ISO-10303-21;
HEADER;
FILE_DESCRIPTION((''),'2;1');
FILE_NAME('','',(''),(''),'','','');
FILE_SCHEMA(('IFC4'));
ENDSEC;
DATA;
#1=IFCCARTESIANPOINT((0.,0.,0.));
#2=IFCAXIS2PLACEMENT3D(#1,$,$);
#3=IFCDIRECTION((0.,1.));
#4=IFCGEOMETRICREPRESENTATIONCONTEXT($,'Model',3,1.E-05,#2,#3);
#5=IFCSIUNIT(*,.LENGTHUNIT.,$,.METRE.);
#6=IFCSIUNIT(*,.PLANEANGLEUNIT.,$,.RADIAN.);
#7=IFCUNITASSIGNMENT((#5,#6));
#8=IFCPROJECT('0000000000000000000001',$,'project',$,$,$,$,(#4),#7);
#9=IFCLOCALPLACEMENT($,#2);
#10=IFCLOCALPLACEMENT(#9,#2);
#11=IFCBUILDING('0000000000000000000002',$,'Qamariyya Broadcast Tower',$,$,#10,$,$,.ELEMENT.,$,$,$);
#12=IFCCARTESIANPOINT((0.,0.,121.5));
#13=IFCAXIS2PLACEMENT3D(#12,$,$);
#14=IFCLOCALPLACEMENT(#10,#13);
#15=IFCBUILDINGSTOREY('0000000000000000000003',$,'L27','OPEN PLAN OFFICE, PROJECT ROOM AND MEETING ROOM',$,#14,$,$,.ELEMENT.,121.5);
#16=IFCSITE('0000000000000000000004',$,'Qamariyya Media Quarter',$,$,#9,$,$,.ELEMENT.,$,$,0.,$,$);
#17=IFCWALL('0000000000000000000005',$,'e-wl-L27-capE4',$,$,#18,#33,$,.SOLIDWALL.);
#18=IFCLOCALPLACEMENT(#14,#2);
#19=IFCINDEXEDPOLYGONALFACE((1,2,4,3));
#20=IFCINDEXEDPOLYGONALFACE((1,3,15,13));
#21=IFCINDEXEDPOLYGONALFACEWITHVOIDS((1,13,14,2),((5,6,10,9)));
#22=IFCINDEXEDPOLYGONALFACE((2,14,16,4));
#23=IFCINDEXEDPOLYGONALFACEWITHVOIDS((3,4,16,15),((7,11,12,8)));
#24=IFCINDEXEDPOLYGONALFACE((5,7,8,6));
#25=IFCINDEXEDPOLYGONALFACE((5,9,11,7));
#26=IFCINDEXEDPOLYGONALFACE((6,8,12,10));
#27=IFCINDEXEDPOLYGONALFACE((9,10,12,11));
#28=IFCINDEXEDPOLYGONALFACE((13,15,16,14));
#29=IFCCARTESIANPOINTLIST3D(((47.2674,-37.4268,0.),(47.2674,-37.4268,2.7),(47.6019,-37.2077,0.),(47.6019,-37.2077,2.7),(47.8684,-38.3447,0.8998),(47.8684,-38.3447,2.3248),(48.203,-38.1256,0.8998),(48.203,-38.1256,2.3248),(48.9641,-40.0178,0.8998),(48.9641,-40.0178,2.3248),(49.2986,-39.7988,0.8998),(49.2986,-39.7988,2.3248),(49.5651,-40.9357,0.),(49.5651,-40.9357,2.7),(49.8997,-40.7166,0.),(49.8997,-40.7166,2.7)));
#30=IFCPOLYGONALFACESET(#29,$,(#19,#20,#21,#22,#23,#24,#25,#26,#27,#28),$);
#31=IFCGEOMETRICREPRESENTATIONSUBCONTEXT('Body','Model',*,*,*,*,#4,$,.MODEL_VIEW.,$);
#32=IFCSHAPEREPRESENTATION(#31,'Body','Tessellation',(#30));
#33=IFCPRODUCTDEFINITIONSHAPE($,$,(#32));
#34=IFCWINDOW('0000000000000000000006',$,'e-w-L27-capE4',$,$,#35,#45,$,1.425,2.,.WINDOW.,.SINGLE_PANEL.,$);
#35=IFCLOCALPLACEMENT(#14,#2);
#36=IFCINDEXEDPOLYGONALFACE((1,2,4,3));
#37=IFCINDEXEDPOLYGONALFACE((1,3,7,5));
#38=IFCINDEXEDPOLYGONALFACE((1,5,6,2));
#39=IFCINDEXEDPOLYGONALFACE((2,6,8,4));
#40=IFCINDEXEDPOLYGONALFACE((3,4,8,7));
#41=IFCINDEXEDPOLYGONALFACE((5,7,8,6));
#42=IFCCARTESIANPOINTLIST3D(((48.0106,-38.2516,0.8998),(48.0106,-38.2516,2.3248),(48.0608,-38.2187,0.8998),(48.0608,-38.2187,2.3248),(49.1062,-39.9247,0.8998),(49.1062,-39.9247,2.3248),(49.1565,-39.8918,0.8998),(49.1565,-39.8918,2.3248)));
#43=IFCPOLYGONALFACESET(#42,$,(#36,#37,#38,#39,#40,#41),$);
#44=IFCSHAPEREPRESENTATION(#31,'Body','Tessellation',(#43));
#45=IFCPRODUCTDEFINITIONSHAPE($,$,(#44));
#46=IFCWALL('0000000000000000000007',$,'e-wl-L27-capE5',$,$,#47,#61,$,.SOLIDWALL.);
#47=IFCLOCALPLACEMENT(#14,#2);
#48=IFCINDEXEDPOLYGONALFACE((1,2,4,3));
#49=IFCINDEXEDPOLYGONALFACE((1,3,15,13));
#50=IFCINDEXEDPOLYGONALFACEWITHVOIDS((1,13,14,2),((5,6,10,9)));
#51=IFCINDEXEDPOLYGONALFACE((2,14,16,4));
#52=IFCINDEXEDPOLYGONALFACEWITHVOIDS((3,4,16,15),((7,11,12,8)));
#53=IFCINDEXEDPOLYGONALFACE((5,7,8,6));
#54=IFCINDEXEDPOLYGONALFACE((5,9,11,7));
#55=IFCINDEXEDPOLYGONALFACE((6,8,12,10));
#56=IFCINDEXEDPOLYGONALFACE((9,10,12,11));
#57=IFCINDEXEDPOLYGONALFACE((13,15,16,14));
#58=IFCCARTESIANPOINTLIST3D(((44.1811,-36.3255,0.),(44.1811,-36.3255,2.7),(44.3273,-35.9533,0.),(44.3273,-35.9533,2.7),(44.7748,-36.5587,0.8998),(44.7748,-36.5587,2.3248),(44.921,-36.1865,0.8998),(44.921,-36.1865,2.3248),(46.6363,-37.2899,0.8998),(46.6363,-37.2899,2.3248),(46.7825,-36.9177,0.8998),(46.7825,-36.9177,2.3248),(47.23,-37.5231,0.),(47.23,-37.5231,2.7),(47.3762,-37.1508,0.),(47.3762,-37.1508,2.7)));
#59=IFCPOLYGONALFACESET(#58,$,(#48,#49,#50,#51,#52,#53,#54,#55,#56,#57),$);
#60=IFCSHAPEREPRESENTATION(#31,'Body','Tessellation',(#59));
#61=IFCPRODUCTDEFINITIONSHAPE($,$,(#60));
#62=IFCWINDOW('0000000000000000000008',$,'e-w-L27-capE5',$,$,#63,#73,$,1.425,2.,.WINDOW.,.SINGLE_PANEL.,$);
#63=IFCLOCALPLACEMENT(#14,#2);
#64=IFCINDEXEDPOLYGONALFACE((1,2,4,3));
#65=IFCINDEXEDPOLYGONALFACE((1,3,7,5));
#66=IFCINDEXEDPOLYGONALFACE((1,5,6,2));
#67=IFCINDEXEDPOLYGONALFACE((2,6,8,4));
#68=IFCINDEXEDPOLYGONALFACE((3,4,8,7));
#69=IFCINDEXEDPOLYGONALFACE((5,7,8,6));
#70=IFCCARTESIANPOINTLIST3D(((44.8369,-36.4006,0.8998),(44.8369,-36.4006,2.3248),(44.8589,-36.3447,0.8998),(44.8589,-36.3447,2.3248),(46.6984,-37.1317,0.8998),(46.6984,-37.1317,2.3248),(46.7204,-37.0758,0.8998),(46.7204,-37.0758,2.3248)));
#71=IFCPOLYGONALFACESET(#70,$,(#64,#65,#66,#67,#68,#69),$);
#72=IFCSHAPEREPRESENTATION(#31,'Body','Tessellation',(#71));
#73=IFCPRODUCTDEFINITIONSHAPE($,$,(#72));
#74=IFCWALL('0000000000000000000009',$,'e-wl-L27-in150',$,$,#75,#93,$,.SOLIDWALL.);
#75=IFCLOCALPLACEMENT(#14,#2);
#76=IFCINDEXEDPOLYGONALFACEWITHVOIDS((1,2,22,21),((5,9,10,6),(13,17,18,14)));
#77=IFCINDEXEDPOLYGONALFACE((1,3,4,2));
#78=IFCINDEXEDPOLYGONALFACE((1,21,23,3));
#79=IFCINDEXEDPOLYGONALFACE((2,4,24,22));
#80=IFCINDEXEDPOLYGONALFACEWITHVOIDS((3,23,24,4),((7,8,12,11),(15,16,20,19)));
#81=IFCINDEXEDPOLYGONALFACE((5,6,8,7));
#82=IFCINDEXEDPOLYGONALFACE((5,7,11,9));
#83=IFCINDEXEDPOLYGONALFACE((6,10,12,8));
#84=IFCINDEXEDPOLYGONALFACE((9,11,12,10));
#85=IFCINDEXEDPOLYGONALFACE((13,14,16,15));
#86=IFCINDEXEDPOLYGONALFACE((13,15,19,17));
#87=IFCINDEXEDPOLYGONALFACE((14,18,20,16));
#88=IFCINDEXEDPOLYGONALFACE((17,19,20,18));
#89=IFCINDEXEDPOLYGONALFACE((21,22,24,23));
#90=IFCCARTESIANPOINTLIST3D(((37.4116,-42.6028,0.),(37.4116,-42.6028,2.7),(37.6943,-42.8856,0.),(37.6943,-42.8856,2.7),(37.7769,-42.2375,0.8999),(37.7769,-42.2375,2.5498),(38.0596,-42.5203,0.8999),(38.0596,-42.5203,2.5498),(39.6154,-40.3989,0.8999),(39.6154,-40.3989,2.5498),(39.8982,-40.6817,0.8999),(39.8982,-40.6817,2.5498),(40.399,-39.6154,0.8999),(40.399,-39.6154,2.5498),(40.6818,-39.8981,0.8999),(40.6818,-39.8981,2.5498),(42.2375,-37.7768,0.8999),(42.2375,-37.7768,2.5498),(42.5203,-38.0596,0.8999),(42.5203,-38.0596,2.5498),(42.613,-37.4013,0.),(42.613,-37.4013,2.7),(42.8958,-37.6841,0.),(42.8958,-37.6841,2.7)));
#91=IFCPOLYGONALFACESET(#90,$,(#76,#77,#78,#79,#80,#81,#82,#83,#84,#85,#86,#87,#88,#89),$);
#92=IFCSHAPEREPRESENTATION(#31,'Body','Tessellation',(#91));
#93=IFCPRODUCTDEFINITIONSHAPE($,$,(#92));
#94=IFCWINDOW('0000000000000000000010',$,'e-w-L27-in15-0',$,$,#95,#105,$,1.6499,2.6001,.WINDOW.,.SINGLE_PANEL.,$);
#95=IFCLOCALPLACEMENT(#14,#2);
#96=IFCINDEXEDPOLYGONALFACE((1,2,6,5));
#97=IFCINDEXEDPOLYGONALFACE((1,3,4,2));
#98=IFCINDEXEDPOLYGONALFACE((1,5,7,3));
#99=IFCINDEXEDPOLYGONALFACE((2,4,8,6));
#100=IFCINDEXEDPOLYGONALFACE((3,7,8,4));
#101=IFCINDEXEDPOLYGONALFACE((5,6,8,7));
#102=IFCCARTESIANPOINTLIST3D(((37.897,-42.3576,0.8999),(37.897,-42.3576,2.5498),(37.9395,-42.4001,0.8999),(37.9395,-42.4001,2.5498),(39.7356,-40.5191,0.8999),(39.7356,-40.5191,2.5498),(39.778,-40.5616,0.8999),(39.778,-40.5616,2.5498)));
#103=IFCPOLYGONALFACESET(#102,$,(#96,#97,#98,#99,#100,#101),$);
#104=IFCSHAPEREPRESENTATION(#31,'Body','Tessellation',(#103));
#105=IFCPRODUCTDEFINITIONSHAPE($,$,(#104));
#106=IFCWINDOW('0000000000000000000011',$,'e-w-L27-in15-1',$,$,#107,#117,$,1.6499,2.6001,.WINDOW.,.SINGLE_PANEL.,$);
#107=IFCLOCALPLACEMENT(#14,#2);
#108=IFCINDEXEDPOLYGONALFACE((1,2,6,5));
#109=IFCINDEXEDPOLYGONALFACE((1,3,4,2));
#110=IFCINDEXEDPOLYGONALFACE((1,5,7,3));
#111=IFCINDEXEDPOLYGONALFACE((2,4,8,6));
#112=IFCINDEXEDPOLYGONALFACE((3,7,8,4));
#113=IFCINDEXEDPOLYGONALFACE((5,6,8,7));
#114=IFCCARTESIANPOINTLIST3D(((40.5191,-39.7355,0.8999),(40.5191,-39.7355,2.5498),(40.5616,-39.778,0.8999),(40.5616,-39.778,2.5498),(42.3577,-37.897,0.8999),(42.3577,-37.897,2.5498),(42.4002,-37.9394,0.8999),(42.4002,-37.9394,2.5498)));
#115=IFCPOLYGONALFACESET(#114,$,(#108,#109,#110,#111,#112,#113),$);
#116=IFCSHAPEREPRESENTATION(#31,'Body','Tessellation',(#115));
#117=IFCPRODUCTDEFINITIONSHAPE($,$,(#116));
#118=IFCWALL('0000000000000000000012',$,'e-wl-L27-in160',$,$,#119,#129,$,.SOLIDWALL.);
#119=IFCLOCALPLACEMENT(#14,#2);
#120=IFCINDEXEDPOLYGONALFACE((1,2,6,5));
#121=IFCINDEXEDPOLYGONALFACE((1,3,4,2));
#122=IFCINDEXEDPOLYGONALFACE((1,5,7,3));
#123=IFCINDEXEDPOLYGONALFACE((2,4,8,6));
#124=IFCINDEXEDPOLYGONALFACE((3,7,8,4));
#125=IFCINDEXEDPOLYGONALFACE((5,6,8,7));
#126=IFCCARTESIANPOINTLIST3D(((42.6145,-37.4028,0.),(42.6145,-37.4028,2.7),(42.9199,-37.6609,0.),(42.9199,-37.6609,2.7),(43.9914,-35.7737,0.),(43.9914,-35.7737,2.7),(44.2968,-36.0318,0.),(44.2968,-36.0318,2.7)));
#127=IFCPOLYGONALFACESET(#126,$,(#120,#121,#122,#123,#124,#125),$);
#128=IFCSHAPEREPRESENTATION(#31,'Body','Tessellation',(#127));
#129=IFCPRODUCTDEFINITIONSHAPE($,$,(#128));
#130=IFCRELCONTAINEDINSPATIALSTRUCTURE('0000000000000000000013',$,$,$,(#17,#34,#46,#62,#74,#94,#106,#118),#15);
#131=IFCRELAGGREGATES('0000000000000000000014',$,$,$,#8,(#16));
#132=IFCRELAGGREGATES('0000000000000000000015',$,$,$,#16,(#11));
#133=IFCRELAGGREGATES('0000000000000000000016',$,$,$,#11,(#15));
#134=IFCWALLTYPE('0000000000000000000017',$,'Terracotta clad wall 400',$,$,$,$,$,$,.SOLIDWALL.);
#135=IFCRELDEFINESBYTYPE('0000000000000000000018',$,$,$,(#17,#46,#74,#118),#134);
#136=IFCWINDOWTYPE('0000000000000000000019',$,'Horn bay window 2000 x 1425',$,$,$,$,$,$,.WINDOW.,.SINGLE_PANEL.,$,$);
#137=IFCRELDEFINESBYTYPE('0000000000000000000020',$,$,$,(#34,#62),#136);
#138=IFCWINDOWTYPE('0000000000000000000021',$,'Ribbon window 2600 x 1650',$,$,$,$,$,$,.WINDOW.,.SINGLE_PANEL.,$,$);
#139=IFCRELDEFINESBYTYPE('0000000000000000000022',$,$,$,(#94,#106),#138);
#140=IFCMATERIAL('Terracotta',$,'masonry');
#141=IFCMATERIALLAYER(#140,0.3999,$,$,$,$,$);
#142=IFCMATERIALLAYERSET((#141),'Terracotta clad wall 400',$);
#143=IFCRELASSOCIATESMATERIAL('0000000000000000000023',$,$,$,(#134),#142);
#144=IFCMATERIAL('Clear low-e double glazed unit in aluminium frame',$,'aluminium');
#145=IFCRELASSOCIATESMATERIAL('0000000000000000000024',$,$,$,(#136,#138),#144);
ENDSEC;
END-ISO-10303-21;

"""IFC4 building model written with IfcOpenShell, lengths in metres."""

from ifc_helpers import new_model, si_unit, direction, frame, frame_2d, origin, place, context, subcontext, project, spatial, rectangle, extrude, material, layer, layer_set, type_object, element, fill, save


model = new_model("IFC4")

# Units and contexts
model_context = context("Model", 3, precision=1e-05, world=origin(), true_north=direction((0.0, 1.0)))
body_context = subcontext(model_context, "Body", "Model", "MODEL_VIEW")
ifc_project = project(units=[si_unit("LENGTHUNIT", "METRE"), si_unit("PLANEANGLEUNIT", "RADIAN")], contexts=[model_context])

# Site, building, storey
site_placement = place(None, origin())
site = spatial("IfcSite", under=ifc_project, at=site_placement, Name="Qamariyya Media Quarter", CompositionType="ELEMENT", RefElevation=0.0)
building_placement = place(site_placement, origin())
building = spatial("IfcBuilding", under=site, at=building_placement, Name="Qamariyya Broadcast Tower", CompositionType="ELEMENT")
storey_placement = place(building_placement, frame((0.0, 0.0, 121.5)))
storey = spatial("IfcBuildingStorey", under=building, at=storey_placement, Name="L27", Description="OPEN PLAN OFFICE, PROJECT ROOM AND MEETING ROOM", CompositionType="ELEMENT", Elevation=121.5)

# Walls, openings, windows
ifc_material_1 = material(Name="Terracotta", Category="masonry")
ifc_layer = layer(ifc_material_1, 0.3999)
ifc_layer_set = layer_set([ifc_layer], Name="Terracotta clad wall 400")
wall_type = type_object("IfcWallType", Name="Terracotta clad wall 400", PredefinedType="SOLIDWALL", material=ifc_layer_set)
ifc_material_2 = material(Name="Clear low-e double glazed unit in aluminium frame", Category="aluminium")
window_type_1 = type_object("IfcWindowType", Name="Horn bay window 2000 x 1425", PartitioningType="SINGLE_PANEL", PredefinedType="WINDOW", material=ifc_material_2)
wall_1_placement = place(storey_placement, frame((49.7324, -40.8262, 0.0), z_axis=(0.0, 0.0, 1.0), x_axis=(-0.547831, 0.836589, 0.0)))
wall_1 = element("IfcWall", 1, at=wall_1_placement, inside=storey, type_object=wall_type, Name="e-wl-L27-capE4", PredefinedType="SOLIDWALL", context=body_context, shape_type="SweptSolid", body=[
    extrude(rectangle(XDim=4.1943, YDim=0.3999, at=frame_2d((2.0972, 0.0))), origin(), (0.0, 0.0, 1.0), 2.7),
])
opening_1_placement = place(wall_1_placement, frame((1.0972, 0.0, 0.8999)))
opening_1 = element("IfcOpeningElement", 2, at=opening_1_placement, cuts=wall_1, PredefinedType="OPENING", context=body_context, shape_type="SweptSolid", body=[
    extrude(rectangle(XDim=2.0, YDim=1.425, at=frame_2d((1.0, 0.7124))), frame((0.0, 0.21, 0.0), z_axis=(0.0, -1.0, 0.0), x_axis=(1.0, 0.0, 0.0)), (0.0, 0.0, 1.0), 0.4199),
])
window_1_placement = place(opening_1_placement, origin())
window_1 = element("IfcWindow", 3, at=window_1_placement, inside=storey, type_object=window_type_1, Name="e-w-L27-capE4", OverallHeight=1.425, OverallWidth=2.0, PartitioningType="SINGLE_PANEL", PredefinedType="WINDOW", context=body_context, shape_type="SweptSolid", body=[
    extrude(rectangle(XDim=2.0, YDim=1.425, at=frame_2d((1.0, 0.7124))), frame((0.0, 0.03, 0.0), z_axis=(0.0, -1.0, 0.0), x_axis=(1.0, 0.0, 0.0)), (0.0, 0.0, 1.0), 0.0601),
])
fill(opening_1, window_1)
wall_2_placement = place(storey_placement, frame((47.303, -37.3369, 0.0), z_axis=(0.0, 0.0, 1.0), x_axis=(-0.930777, 0.365588, 0.0)))
wall_2 = element("IfcWall", 4, at=wall_2_placement, inside=storey, type_object=wall_type, Name="e-wl-L27-capE5", PredefinedType="SOLIDWALL", context=body_context, shape_type="SweptSolid", body=[
    extrude(rectangle(XDim=3.2756, YDim=0.3999, at=frame_2d((1.6377, 0.0))), origin(), (0.0, 0.0, 1.0), 2.7),
])
opening_2_placement = place(wall_2_placement, frame((0.6377, 0.0, 0.8999)))
opening_2 = element("IfcOpeningElement", 5, at=opening_2_placement, cuts=wall_2, PredefinedType="OPENING", context=body_context, shape_type="SweptSolid", body=[
    extrude(rectangle(XDim=2.0, YDim=1.425, at=frame_2d((1.0, 0.7124))), frame((0.0, 0.21, 0.0), z_axis=(0.0, -1.0, 0.0), x_axis=(1.0, 0.0, 0.0)), (0.0, 0.0, 1.0), 0.4199),
])
window_2_placement = place(opening_2_placement, origin())
window_2 = element("IfcWindow", 6, at=window_2_placement, inside=storey, type_object=window_type_1, Name="e-w-L27-capE5", OverallHeight=1.425, OverallWidth=2.0, PartitioningType="SINGLE_PANEL", PredefinedType="WINDOW", context=body_context, shape_type="SweptSolid", body=[
    extrude(rectangle(XDim=2.0, YDim=1.425, at=frame_2d((1.0, 0.7124))), frame((0.0, 0.03, 0.0), z_axis=(0.0, -1.0, 0.0), x_axis=(1.0, 0.0, 0.0)), (0.0, 0.0, 1.0), 0.0601),
])
fill(opening_2, window_2)

# Wall, openings, windows
wall_3_placement = place(storey_placement, frame((42.7544, -37.5427, 0.0), z_axis=(0.0, 0.0, 1.0), x_axis=(-0.707107, -0.707107, 0.0)))
wall_3 = element("IfcWall", 7, at=wall_3_placement, inside=storey, type_object=wall_type, Name="e-wl-L27-in150", PredefinedType="SOLIDWALL", context=body_context, shape_type="SweptSolid", body=[
    extrude(rectangle(XDim=7.356, YDim=0.3999, at=frame_2d((3.678, 0.0))), origin(), (0.0, 0.0, 1.0), 2.7),
])
opening_3_placement = place(wall_3_placement, frame((4.2393, 0.0, 0.8999)))
opening_3 = element("IfcOpeningElement", 8, at=opening_3_placement, cuts=wall_3, PredefinedType="OPENING", context=body_context, shape_type="SweptSolid", body=[
    extrude(rectangle(XDim=2.6001, YDim=1.6499, at=frame_2d((1.3, 0.825))), frame((0.0, 0.21, 0.0), z_axis=(0.0, -1.0, 0.0), x_axis=(1.0, 0.0, 0.0)), (0.0, 0.0, 1.0), 0.4199),
])
opening_4_placement = place(wall_3_placement, frame((0.531, 0.0, 0.8999)))
opening_4 = element("IfcOpeningElement", 9, at=opening_4_placement, cuts=wall_3, PredefinedType="OPENING", context=body_context, shape_type="SweptSolid", body=[
    extrude(rectangle(XDim=2.6001, YDim=1.6499, at=frame_2d((1.3, 0.825))), frame((0.0, 0.21, 0.0), z_axis=(0.0, -1.0, 0.0), x_axis=(1.0, 0.0, 0.0)), (0.0, 0.0, 1.0), 0.4199),
])
window_type_2 = type_object("IfcWindowType", Name="Ribbon window 2600 x 1650", PartitioningType="SINGLE_PANEL", PredefinedType="WINDOW", material=ifc_material_2)
window_3_placement = place(opening_3_placement, origin())
window_3 = element("IfcWindow", 10, at=window_3_placement, inside=storey, type_object=window_type_2, Name="e-w-L27-in15-0", OverallHeight=1.6499, OverallWidth=2.6001, PartitioningType="SINGLE_PANEL", PredefinedType="WINDOW", context=body_context, shape_type="SweptSolid", body=[
    extrude(rectangle(XDim=2.6001, YDim=1.6499, at=frame_2d((1.3, 0.825))), frame((0.0, 0.03, 0.0), z_axis=(0.0, -1.0, 0.0), x_axis=(1.0, 0.0, 0.0)), (0.0, 0.0, 1.0), 0.0601),
])
fill(opening_3, window_3)
window_4_placement = place(opening_4_placement, origin())
window_4 = element("IfcWindow", 11, at=window_4_placement, inside=storey, type_object=window_type_2, Name="e-w-L27-in15-1", OverallHeight=1.6499, OverallWidth=2.6001, PartitioningType="SINGLE_PANEL", PredefinedType="WINDOW", context=body_context, shape_type="SweptSolid", body=[
    extrude(rectangle(XDim=2.6001, YDim=1.6499, at=frame_2d((1.3, 0.825))), frame((0.0, 0.03, 0.0), z_axis=(0.0, -1.0, 0.0), x_axis=(1.0, 0.0, 0.0)), (0.0, 0.0, 1.0), 0.0601),
])
fill(opening_4, window_4)

# Wall
wall_4_placement = place(storey_placement, frame((44.144, -35.9028, 0.0), z_axis=(0.0, 0.0, 1.0), x_axis=(-0.645516, -0.763746, 0.0)))
element("IfcWall", 12, at=wall_4_placement, inside=storey, type_object=wall_type, Name="e-wl-L27-in160", PredefinedType="SOLIDWALL", context=body_context, shape_type="SweptSolid", body=[
    extrude(rectangle(XDim=2.1331, YDim=0.3999, at=frame_2d((1.0664, 0.0))), origin(), (0.0, 0.0, 1.0), 2.7),
])

save(model, "model.ifc")
